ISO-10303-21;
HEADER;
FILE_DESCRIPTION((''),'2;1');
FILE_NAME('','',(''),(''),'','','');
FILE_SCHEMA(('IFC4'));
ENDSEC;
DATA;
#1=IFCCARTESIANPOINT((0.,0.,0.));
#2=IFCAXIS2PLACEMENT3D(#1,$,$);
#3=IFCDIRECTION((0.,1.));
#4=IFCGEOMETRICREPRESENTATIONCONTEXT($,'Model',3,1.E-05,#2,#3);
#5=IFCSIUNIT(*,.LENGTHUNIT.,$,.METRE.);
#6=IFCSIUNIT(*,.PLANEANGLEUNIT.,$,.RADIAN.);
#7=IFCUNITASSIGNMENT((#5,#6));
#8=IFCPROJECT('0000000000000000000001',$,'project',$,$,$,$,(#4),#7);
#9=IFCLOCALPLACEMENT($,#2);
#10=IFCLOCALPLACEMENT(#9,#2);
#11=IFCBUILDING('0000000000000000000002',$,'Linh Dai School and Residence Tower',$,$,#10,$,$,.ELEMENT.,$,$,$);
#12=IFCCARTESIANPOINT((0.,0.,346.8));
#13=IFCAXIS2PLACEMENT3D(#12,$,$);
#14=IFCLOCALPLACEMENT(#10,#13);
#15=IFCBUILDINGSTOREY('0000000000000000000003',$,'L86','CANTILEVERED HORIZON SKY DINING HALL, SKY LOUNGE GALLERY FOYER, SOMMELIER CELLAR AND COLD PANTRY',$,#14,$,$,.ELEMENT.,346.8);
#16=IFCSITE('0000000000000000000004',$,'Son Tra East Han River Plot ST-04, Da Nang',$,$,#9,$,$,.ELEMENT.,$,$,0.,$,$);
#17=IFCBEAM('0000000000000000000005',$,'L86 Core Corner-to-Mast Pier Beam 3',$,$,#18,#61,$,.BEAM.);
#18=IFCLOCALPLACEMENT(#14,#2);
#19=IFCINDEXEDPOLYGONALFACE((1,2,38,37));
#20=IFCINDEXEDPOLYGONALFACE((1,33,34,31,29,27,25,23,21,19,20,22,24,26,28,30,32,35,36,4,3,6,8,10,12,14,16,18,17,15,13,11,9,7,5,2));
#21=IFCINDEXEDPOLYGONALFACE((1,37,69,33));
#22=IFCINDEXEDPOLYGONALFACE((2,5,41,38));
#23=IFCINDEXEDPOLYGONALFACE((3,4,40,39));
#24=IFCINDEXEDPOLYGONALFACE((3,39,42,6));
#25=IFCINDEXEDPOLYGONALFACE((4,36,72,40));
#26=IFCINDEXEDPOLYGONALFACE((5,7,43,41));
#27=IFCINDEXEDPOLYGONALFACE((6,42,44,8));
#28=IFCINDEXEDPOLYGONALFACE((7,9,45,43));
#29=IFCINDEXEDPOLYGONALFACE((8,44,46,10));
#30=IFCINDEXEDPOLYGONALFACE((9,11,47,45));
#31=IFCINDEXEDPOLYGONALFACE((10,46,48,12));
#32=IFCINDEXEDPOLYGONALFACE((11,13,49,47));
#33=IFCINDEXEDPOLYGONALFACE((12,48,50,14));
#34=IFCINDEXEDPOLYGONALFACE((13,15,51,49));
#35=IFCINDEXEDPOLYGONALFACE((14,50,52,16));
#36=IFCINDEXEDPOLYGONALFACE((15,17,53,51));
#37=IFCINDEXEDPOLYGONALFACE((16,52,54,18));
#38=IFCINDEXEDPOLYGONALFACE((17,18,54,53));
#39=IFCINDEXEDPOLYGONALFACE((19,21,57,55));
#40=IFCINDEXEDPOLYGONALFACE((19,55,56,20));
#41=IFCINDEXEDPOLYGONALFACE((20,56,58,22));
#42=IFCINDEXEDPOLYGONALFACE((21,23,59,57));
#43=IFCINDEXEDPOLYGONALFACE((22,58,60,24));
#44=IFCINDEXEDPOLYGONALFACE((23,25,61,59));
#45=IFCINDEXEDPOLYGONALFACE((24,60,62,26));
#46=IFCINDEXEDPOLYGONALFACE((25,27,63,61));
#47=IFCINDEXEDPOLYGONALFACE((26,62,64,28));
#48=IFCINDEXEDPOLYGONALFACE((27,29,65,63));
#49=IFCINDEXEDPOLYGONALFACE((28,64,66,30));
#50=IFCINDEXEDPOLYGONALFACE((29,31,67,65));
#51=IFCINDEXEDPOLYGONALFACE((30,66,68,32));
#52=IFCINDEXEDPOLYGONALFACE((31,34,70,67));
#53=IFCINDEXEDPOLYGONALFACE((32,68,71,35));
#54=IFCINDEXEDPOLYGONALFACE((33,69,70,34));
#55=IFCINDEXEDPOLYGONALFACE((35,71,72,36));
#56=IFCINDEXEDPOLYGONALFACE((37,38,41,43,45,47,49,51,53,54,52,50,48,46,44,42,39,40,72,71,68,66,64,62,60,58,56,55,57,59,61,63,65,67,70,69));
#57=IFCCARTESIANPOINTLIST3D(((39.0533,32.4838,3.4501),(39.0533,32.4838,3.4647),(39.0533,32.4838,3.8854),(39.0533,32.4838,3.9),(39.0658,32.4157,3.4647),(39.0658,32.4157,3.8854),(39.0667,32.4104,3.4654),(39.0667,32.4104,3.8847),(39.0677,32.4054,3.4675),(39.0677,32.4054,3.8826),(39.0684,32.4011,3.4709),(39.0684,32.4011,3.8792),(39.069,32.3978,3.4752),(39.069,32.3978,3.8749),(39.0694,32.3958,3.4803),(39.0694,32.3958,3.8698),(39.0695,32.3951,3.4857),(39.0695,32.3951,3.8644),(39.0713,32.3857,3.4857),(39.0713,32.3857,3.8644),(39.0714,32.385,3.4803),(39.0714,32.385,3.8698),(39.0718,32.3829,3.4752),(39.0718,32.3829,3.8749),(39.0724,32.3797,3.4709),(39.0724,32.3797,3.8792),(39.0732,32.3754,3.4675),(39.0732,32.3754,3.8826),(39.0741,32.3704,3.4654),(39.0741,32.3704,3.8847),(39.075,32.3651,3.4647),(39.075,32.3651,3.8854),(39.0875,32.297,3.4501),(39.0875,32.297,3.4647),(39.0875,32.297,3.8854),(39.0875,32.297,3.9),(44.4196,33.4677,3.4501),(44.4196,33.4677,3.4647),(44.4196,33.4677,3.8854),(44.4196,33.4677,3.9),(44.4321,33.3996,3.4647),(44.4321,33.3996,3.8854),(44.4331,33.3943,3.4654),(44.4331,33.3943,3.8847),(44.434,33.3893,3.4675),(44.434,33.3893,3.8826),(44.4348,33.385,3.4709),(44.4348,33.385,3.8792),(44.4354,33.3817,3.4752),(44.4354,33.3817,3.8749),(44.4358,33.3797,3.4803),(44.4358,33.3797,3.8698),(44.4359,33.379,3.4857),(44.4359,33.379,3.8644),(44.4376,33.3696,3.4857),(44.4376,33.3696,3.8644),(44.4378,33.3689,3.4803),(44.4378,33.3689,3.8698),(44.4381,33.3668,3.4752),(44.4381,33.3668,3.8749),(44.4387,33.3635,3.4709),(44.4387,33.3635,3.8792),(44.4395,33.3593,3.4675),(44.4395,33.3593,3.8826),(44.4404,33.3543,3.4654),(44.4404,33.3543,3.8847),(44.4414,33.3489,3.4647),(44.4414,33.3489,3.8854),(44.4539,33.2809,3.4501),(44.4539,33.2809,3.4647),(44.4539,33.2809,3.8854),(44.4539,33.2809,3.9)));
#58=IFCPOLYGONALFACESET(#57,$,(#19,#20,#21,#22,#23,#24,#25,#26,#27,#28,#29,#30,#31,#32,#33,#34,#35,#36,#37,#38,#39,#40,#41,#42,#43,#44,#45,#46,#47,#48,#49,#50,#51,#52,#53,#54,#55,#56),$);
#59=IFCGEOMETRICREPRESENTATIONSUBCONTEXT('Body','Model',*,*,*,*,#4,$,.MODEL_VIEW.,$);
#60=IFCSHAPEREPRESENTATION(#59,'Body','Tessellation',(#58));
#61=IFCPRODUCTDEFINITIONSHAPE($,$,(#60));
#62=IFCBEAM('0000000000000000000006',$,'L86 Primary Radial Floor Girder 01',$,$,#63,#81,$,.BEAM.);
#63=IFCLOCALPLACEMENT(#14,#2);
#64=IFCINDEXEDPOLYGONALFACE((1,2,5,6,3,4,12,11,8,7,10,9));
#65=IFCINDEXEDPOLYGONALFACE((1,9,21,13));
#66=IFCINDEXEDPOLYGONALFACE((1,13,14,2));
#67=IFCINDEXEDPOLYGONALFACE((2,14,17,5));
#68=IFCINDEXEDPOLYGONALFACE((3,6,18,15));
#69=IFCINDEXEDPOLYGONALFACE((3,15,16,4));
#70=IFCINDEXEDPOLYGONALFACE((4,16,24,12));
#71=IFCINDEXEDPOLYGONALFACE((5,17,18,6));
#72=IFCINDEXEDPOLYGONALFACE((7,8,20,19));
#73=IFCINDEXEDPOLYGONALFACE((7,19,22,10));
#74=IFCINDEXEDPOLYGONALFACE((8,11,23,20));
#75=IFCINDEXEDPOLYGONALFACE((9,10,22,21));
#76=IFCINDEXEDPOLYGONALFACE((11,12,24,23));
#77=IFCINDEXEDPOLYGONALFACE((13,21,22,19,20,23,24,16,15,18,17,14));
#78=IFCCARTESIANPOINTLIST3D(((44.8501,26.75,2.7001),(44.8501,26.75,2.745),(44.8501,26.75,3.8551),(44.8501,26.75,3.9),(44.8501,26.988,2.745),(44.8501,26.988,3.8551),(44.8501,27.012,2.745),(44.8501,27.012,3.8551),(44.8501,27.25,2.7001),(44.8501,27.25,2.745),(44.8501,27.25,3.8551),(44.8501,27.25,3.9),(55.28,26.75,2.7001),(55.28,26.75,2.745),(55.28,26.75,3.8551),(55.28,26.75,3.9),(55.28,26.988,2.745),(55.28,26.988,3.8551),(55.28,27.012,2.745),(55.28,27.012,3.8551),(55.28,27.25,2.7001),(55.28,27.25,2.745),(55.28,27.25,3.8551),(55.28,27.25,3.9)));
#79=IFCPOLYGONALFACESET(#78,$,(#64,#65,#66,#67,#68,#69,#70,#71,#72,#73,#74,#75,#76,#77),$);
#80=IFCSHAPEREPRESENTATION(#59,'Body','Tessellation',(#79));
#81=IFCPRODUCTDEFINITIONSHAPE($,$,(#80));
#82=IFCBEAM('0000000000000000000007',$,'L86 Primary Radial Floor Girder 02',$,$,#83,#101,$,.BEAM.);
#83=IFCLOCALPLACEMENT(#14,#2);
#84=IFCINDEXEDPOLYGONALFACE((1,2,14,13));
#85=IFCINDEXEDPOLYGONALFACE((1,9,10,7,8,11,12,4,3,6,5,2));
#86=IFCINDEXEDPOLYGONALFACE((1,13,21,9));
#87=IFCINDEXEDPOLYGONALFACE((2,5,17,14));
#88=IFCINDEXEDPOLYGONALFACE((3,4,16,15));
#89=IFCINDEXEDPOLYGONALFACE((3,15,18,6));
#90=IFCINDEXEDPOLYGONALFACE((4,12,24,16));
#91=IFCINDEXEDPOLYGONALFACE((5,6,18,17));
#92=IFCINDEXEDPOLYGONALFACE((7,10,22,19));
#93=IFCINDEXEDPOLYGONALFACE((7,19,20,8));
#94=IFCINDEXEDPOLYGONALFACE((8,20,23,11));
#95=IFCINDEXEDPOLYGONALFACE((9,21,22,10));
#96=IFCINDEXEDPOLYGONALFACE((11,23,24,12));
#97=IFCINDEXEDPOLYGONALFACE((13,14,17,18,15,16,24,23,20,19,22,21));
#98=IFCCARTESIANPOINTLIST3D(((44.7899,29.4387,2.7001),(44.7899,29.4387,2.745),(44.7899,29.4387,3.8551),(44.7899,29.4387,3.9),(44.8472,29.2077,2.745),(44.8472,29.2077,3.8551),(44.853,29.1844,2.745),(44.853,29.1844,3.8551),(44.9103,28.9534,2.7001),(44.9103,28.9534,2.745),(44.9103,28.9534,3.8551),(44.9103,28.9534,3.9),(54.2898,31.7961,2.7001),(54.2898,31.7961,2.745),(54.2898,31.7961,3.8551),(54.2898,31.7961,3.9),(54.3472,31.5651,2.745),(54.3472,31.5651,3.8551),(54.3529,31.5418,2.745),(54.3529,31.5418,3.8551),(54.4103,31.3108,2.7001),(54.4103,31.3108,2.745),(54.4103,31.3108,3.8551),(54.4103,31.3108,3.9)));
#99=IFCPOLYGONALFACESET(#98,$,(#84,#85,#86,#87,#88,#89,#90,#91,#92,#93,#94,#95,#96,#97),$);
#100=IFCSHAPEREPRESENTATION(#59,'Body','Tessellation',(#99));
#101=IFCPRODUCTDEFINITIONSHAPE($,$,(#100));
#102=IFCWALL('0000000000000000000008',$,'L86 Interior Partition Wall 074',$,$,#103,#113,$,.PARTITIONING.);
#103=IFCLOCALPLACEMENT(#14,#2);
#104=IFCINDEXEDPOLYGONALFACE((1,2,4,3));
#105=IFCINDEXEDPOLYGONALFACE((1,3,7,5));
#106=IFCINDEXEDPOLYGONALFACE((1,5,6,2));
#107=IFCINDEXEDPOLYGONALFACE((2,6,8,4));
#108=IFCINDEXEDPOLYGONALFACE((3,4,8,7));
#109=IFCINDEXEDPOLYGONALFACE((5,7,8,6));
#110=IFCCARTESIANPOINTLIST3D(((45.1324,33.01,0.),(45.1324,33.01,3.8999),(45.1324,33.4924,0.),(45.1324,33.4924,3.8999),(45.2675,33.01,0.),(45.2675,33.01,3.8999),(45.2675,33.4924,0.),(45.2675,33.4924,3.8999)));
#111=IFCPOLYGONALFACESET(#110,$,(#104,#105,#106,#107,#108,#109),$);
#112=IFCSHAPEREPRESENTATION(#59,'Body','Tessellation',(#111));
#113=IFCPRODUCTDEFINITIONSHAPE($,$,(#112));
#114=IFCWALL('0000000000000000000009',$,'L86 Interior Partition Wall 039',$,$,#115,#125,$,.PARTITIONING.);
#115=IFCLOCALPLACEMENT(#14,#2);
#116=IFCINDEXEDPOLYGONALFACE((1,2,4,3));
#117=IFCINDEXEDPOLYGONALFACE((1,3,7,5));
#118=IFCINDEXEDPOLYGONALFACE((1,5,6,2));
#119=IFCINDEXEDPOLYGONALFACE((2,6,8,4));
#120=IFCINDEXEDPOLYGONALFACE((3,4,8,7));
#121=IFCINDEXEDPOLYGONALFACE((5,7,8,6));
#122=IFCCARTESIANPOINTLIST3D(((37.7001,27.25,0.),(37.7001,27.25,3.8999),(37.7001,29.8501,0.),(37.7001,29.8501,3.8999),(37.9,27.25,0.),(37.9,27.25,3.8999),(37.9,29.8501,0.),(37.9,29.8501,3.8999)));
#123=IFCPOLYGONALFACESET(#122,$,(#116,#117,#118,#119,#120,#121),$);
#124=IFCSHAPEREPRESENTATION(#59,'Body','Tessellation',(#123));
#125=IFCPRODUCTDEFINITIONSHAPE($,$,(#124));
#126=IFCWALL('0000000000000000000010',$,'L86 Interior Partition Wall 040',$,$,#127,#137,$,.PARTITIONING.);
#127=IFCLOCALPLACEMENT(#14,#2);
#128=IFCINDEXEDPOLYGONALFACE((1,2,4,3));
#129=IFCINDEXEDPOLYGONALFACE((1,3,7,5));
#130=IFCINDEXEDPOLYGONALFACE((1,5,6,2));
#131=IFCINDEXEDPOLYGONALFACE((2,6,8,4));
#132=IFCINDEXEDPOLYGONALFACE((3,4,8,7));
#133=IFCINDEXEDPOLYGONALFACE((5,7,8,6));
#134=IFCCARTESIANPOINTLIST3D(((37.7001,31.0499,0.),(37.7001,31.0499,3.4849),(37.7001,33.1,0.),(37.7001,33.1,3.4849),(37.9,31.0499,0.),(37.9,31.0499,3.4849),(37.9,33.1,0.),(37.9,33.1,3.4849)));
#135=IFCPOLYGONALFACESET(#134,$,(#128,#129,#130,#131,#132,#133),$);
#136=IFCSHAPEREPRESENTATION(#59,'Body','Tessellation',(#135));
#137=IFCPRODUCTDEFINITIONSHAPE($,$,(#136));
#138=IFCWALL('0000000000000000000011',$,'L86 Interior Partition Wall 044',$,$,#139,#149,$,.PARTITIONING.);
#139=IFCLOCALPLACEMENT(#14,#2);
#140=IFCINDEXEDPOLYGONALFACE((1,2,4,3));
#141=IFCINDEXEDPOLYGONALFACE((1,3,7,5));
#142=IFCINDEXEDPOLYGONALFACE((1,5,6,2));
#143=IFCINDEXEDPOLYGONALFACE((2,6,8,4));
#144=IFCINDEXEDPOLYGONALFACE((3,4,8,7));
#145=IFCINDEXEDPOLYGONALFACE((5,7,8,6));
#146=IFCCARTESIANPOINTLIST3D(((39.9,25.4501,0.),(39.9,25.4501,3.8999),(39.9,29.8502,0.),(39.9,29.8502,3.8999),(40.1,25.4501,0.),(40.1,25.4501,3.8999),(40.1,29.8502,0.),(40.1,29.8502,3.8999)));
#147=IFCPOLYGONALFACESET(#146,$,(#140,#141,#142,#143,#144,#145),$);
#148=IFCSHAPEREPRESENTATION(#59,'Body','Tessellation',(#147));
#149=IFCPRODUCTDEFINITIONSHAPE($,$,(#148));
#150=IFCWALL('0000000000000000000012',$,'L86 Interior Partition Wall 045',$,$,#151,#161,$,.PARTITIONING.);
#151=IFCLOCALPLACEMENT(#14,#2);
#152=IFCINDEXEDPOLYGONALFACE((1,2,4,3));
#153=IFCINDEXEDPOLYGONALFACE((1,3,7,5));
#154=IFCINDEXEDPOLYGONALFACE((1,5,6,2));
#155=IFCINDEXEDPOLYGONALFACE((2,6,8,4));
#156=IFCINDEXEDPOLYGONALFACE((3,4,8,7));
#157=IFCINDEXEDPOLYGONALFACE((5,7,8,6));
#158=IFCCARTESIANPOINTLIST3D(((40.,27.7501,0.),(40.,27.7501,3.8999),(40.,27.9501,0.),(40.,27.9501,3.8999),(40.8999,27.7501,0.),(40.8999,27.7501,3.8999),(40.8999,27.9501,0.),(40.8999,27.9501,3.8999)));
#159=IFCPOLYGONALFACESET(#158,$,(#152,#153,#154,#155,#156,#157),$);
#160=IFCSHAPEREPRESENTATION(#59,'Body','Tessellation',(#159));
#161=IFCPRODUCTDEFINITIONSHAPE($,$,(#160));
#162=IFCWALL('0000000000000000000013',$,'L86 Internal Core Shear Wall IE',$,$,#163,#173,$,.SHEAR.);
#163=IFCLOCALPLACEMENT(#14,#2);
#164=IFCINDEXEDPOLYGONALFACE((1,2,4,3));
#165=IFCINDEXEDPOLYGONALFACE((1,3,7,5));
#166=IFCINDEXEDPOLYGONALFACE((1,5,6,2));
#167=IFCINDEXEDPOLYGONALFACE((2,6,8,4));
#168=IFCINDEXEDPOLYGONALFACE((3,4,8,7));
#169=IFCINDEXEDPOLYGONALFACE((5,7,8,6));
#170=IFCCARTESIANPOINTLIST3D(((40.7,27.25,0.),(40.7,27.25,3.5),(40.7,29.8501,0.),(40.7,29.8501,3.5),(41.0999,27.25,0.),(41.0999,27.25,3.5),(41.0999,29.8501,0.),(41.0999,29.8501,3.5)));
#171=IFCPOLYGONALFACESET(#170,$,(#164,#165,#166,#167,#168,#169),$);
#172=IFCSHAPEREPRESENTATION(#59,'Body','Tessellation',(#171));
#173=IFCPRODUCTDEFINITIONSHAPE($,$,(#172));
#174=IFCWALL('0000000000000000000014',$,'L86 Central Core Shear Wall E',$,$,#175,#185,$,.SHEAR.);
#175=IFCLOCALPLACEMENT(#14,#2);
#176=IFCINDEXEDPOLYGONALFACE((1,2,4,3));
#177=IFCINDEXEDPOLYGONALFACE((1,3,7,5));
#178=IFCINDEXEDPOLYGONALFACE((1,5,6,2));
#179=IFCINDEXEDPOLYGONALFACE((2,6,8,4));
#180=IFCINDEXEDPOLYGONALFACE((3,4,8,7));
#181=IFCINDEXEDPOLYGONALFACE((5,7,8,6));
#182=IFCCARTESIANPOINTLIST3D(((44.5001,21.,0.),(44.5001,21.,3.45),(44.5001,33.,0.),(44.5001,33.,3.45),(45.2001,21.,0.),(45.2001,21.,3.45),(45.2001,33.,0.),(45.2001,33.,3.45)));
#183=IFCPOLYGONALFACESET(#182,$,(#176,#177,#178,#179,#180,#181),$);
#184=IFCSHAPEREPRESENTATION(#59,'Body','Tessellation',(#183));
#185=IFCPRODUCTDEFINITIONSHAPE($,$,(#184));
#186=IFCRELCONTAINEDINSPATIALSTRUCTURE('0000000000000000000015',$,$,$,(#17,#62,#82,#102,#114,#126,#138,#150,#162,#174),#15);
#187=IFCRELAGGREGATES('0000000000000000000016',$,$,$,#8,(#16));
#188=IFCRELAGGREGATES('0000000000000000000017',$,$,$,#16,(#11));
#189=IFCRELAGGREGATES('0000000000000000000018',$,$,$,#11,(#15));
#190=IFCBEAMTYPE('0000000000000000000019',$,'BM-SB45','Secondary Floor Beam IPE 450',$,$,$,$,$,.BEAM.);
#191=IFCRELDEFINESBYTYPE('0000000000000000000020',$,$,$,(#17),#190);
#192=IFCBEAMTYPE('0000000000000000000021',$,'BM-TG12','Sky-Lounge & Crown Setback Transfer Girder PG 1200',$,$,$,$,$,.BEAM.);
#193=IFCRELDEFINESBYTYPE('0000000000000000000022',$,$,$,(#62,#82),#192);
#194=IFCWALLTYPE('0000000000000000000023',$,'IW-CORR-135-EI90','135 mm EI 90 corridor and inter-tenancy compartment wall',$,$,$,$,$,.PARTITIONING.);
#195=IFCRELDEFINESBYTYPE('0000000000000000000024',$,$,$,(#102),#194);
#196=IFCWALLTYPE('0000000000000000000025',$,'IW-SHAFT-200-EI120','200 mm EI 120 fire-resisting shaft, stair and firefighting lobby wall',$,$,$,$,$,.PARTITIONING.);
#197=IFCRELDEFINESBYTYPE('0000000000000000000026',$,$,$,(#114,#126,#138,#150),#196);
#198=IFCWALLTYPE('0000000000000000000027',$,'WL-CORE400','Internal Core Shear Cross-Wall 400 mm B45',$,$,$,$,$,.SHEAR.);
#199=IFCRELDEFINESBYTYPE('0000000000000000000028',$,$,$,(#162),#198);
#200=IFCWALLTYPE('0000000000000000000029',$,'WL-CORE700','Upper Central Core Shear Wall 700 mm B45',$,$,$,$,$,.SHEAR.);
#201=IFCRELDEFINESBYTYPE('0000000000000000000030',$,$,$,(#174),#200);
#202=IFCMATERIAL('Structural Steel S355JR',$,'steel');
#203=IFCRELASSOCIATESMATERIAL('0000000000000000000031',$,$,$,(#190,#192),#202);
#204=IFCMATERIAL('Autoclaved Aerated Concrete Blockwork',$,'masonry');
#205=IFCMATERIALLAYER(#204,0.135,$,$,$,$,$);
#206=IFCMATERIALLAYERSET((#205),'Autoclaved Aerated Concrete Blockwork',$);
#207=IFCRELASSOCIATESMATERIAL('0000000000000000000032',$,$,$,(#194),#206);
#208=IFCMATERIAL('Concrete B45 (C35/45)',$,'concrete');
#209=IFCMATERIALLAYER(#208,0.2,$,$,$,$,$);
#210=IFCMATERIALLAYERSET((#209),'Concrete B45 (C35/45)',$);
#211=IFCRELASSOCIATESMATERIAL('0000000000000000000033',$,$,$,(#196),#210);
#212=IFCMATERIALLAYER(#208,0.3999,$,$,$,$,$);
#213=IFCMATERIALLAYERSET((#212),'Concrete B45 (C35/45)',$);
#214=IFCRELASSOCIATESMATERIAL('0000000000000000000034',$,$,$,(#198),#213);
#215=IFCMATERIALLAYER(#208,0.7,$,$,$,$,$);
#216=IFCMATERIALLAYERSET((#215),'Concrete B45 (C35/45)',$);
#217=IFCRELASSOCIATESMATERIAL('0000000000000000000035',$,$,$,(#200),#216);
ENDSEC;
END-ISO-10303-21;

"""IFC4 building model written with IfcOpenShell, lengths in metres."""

from ifc_helpers import new_model, si_unit, direction, frame, frame_2d, origin, origin_2d, place, context, subcontext, project, spatial, rectangle, i_section, extrude, material, layer, layer_set, material_profile, profile_set, type_object, element, save


model = new_model("IFC4")

# Units and contexts
model_context = context("Model", 3, precision=1e-05, world=origin(), true_north=direction((0.0, 1.0)))
body_context = subcontext(model_context, "Body", "Model", "MODEL_VIEW")
ifc_project = project(units=[si_unit("LENGTHUNIT", "METRE"), si_unit("PLANEANGLEUNIT", "RADIAN")], contexts=[model_context])

# Site, building, storey
site_placement = place(None, origin())
site = spatial("IfcSite", under=ifc_project, at=site_placement, Name="Son Tra East Han River Plot ST-04, Da Nang", CompositionType="ELEMENT", RefElevation=0.0)
building_placement = place(site_placement, origin())
building = spatial("IfcBuilding", under=site, at=building_placement, Name="Linh Dai School and Residence Tower", CompositionType="ELEMENT")
storey_placement = place(building_placement, frame((0.0, 0.0, 346.8)))
storey = spatial("IfcBuildingStorey", under=building, at=storey_placement, Name="L86", Description="CANTILEVERED HORIZON SKY DINING HALL, SKY LOUNGE GALLERY FOYER, SOMMELIER CELLAR AND COLD PANTRY", CompositionType="ELEMENT", Elevation=346.8)

# Shared definitions
ifc_material_1 = material(Name="Structural Steel S355JR", Category="steel")

# Beams
ifc_material_profile_1 = material_profile(ifc_material_1, i_section(OverallWidth=0.1899, OverallDepth=0.45, WebThickness=0.0095, FlangeThickness=0.0146, FilletRadius=0.021, at=origin_2d()), Name="IPE 450")
ifc_profile_set_1 = profile_set([ifc_material_profile_1], Name="Structural Steel S355JR")
beam_type_1 = type_object("IfcBeamType", Name="BM-SB45", Description="Secondary Floor Beam IPE 450", PredefinedType="BEAM", material=ifc_profile_set_1)
beam_1_placement = place(storey_placement, frame((44.4368, 33.3743, 3.675), z_axis=(-0.983605, -0.180334, 0.0), x_axis=(0.180334, -0.983605, 0.0)))
element("IfcBeam", 1, at=beam_1_placement, inside=storey, type_object=beam_type_1, Name="L86 Core Corner-to-Mast Pier Beam 3", PredefinedType="BEAM", context=body_context, shape_type="SweptSolid", body=[
    extrude(i_section(OverallWidth=0.1899, OverallDepth=0.45, WebThickness=0.0095, FlangeThickness=0.0146, FilletRadius=0.021, at=origin_2d()), origin(), (0.0, 0.0, 1.0), 5.4558),
])
ifc_material_profile_2 = material_profile(ifc_material_1, i_section(OverallWidth=0.5, OverallDepth=1.2, WebThickness=0.0239, FlangeThickness=0.0449, at=origin_2d()), Name="PG 1200x500x24x45")
ifc_profile_set_2 = profile_set([ifc_material_profile_2], Name="Structural Steel S355JR")
beam_type_2 = type_object("IfcBeamType", Name="BM-TG12", Description="Sky-Lounge & Crown Setback Transfer Girder PG 1200", PredefinedType="BEAM", material=ifc_profile_set_2)
beam_2_placement = place(storey_placement, frame((44.8501, 27.0, 3.3), z_axis=(1.0, 0.0, 0.0), x_axis=(0.0, 1.0, 0.0)))
element("IfcBeam", 2, at=beam_2_placement, inside=storey, type_object=beam_type_2, Name="L86 Primary Radial Floor Girder 01", PredefinedType="BEAM", context=body_context, shape_type="SweptSolid", body=[
    extrude(i_section(OverallWidth=0.5, OverallDepth=1.2, WebThickness=0.0239, FlangeThickness=0.0449, at=origin_2d()), origin(), (0.0, 0.0, 1.0), 10.4299),
])
beam_3_placement = place(storey_placement, frame((44.8501, 29.196, 3.3), z_axis=(0.970564, 0.240845, 0.0), x_axis=(-0.240845, 0.970564, 0.0)))
element("IfcBeam", 3, at=beam_3_placement, inside=storey, type_object=beam_type_2, Name="L86 Primary Radial Floor Girder 02", PredefinedType="BEAM", context=body_context, shape_type="SweptSolid", body=[
    extrude(i_section(OverallWidth=0.5, OverallDepth=1.2, WebThickness=0.0239, FlangeThickness=0.0449, at=origin_2d()), origin(), (0.0, 0.0, 1.0), 9.7881),
])

# Walls
ifc_material_2 = material(Name="Autoclaved Aerated Concrete Blockwork", Category="masonry")
ifc_layer_1 = layer(ifc_material_2, 0.135)
ifc_layer_set_1 = layer_set([ifc_layer_1], Name="Autoclaved Aerated Concrete Blockwork")
wall_type_1 = type_object("IfcWallType", Name="IW-CORR-135-EI90", Description="135 mm EI 90 corridor and inter-tenancy compartment wall", PredefinedType="PARTITIONING", material=ifc_layer_set_1)
wall_1_placement = place(storey_placement, frame((45.2, 33.01, 0.0), z_axis=(0.0, 0.0, 1.0), x_axis=(0.0, 1.0, 0.0)))
element("IfcWall", 4, at=wall_1_placement, inside=storey, type_object=wall_type_1, Name="L86 Interior Partition Wall 074", PredefinedType="PARTITIONING", context=body_context, shape_type="SweptSolid", body=[
    extrude(rectangle(XDim=0.4824, YDim=0.135, at=frame_2d((0.2412, 0.0))), origin(), (0.0, 0.0, 1.0), 3.8999),
])
ifc_material_3 = material(Name="Concrete B45 (C35/45)", Category="concrete")
ifc_layer_2 = layer(ifc_material_3, 0.2)
ifc_layer_set_2 = layer_set([ifc_layer_2], Name="Concrete B45 (C35/45)")
wall_type_2 = type_object("IfcWallType", Name="IW-SHAFT-200-EI120", Description="200 mm EI 120 fire-resisting shaft, stair and firefighting lobby wall", PredefinedType="PARTITIONING", material=ifc_layer_set_2)
wall_2_placement = place(storey_placement, frame((37.8, 27.25, 0.0), z_axis=(0.0, 0.0, 1.0), x_axis=(0.0, 1.0, 0.0)))
element("IfcWall", 5, at=wall_2_placement, inside=storey, type_object=wall_type_2, Name="L86 Interior Partition Wall 039", PredefinedType="PARTITIONING", context=body_context, shape_type="SweptSolid", body=[
    extrude(rectangle(XDim=2.6001, YDim=0.2, at=frame_2d((1.3, 0.0))), origin(), (0.0, 0.0, 1.0), 3.8999),
])
wall_3_placement = place(storey_placement, frame((37.8, 31.05, 0.0), z_axis=(0.0, 0.0, 1.0), x_axis=(0.0, 1.0, 0.0)))
element("IfcWall", 6, at=wall_3_placement, inside=storey, type_object=wall_type_2, Name="L86 Interior Partition Wall 040", PredefinedType="PARTITIONING", context=body_context, shape_type="SweptSolid", body=[
    extrude(rectangle(XDim=2.05, YDim=0.2, at=frame_2d((1.0249, 0.0))), origin(), (0.0, 0.0, 1.0), 3.4849),
])
wall_4_placement = place(storey_placement, frame((40.0, 25.45, 0.0), z_axis=(0.0, 0.0, 1.0), x_axis=(0.0, 1.0, 0.0)))
element("IfcWall", 7, at=wall_4_placement, inside=storey, type_object=wall_type_2, Name="L86 Interior Partition Wall 044", PredefinedType="PARTITIONING", context=body_context, shape_type="SweptSolid", body=[
    extrude(rectangle(XDim=4.4001, YDim=0.2, at=frame_2d((2.2002, 0.0))), origin(), (0.0, 0.0, 1.0), 3.8999),
])
wall_5_placement = place(storey_placement, frame((40.0, 27.8501, 0.0), z_axis=(0.0, 0.0, 1.0), x_axis=(1.0, 0.0, 0.0)))
element("IfcWall", 8, at=wall_5_placement, inside=storey, type_object=wall_type_2, Name="L86 Interior Partition Wall 045", PredefinedType="PARTITIONING", context=body_context, shape_type="SweptSolid", body=[
    extrude(rectangle(XDim=0.8999, YDim=0.2, at=frame_2d((0.45, 0.0))), origin(), (0.0, 0.0, 1.0), 3.8999),
])
ifc_layer_3 = layer(ifc_material_3, 0.3999)
ifc_layer_set_3 = layer_set([ifc_layer_3], Name="Concrete B45 (C35/45)")
wall_type_3 = type_object("IfcWallType", Name="WL-CORE400", Description="Internal Core Shear Cross-Wall 400 mm B45", PredefinedType="SHEAR", material=ifc_layer_set_3)
wall_6_placement = place(storey_placement, frame((40.8999, 27.25, 0.0), z_axis=(0.0, 0.0, 1.0), x_axis=(0.0, 1.0, 0.0)))
element("IfcWall", 9, at=wall_6_placement, inside=storey, type_object=wall_type_3, Name="L86 Internal Core Shear Wall IE", PredefinedType="SHEAR", context=body_context, shape_type="SweptSolid", body=[
    extrude(rectangle(XDim=2.6001, YDim=0.3999, at=frame_2d((1.3, 0.0))), origin(), (0.0, 0.0, 1.0), 3.5),
])
ifc_layer_4 = layer(ifc_material_3, 0.7)
ifc_layer_set_4 = layer_set([ifc_layer_4], Name="Concrete B45 (C35/45)")
wall_type_4 = type_object("IfcWallType", Name="WL-CORE700", Description="Upper Central Core Shear Wall 700 mm B45", PredefinedType="SHEAR", material=ifc_layer_set_4)
wall_7_placement = place(storey_placement, frame((44.8501, 33.0, 0.0), z_axis=(0.0, 0.0, 1.0), x_axis=(0.0, -1.0, 0.0)))
element("IfcWall", 10, at=wall_7_placement, inside=storey, type_object=wall_type_4, Name="L86 Central Core Shear Wall E", PredefinedType="SHEAR", context=body_context, shape_type="SweptSolid", body=[
    extrude(rectangle(XDim=12.0, YDim=0.7, at=frame_2d((6.0, 0.0))), origin(), (0.0, 0.0, 1.0), 3.45),
])

save(model, "model.ifc")
